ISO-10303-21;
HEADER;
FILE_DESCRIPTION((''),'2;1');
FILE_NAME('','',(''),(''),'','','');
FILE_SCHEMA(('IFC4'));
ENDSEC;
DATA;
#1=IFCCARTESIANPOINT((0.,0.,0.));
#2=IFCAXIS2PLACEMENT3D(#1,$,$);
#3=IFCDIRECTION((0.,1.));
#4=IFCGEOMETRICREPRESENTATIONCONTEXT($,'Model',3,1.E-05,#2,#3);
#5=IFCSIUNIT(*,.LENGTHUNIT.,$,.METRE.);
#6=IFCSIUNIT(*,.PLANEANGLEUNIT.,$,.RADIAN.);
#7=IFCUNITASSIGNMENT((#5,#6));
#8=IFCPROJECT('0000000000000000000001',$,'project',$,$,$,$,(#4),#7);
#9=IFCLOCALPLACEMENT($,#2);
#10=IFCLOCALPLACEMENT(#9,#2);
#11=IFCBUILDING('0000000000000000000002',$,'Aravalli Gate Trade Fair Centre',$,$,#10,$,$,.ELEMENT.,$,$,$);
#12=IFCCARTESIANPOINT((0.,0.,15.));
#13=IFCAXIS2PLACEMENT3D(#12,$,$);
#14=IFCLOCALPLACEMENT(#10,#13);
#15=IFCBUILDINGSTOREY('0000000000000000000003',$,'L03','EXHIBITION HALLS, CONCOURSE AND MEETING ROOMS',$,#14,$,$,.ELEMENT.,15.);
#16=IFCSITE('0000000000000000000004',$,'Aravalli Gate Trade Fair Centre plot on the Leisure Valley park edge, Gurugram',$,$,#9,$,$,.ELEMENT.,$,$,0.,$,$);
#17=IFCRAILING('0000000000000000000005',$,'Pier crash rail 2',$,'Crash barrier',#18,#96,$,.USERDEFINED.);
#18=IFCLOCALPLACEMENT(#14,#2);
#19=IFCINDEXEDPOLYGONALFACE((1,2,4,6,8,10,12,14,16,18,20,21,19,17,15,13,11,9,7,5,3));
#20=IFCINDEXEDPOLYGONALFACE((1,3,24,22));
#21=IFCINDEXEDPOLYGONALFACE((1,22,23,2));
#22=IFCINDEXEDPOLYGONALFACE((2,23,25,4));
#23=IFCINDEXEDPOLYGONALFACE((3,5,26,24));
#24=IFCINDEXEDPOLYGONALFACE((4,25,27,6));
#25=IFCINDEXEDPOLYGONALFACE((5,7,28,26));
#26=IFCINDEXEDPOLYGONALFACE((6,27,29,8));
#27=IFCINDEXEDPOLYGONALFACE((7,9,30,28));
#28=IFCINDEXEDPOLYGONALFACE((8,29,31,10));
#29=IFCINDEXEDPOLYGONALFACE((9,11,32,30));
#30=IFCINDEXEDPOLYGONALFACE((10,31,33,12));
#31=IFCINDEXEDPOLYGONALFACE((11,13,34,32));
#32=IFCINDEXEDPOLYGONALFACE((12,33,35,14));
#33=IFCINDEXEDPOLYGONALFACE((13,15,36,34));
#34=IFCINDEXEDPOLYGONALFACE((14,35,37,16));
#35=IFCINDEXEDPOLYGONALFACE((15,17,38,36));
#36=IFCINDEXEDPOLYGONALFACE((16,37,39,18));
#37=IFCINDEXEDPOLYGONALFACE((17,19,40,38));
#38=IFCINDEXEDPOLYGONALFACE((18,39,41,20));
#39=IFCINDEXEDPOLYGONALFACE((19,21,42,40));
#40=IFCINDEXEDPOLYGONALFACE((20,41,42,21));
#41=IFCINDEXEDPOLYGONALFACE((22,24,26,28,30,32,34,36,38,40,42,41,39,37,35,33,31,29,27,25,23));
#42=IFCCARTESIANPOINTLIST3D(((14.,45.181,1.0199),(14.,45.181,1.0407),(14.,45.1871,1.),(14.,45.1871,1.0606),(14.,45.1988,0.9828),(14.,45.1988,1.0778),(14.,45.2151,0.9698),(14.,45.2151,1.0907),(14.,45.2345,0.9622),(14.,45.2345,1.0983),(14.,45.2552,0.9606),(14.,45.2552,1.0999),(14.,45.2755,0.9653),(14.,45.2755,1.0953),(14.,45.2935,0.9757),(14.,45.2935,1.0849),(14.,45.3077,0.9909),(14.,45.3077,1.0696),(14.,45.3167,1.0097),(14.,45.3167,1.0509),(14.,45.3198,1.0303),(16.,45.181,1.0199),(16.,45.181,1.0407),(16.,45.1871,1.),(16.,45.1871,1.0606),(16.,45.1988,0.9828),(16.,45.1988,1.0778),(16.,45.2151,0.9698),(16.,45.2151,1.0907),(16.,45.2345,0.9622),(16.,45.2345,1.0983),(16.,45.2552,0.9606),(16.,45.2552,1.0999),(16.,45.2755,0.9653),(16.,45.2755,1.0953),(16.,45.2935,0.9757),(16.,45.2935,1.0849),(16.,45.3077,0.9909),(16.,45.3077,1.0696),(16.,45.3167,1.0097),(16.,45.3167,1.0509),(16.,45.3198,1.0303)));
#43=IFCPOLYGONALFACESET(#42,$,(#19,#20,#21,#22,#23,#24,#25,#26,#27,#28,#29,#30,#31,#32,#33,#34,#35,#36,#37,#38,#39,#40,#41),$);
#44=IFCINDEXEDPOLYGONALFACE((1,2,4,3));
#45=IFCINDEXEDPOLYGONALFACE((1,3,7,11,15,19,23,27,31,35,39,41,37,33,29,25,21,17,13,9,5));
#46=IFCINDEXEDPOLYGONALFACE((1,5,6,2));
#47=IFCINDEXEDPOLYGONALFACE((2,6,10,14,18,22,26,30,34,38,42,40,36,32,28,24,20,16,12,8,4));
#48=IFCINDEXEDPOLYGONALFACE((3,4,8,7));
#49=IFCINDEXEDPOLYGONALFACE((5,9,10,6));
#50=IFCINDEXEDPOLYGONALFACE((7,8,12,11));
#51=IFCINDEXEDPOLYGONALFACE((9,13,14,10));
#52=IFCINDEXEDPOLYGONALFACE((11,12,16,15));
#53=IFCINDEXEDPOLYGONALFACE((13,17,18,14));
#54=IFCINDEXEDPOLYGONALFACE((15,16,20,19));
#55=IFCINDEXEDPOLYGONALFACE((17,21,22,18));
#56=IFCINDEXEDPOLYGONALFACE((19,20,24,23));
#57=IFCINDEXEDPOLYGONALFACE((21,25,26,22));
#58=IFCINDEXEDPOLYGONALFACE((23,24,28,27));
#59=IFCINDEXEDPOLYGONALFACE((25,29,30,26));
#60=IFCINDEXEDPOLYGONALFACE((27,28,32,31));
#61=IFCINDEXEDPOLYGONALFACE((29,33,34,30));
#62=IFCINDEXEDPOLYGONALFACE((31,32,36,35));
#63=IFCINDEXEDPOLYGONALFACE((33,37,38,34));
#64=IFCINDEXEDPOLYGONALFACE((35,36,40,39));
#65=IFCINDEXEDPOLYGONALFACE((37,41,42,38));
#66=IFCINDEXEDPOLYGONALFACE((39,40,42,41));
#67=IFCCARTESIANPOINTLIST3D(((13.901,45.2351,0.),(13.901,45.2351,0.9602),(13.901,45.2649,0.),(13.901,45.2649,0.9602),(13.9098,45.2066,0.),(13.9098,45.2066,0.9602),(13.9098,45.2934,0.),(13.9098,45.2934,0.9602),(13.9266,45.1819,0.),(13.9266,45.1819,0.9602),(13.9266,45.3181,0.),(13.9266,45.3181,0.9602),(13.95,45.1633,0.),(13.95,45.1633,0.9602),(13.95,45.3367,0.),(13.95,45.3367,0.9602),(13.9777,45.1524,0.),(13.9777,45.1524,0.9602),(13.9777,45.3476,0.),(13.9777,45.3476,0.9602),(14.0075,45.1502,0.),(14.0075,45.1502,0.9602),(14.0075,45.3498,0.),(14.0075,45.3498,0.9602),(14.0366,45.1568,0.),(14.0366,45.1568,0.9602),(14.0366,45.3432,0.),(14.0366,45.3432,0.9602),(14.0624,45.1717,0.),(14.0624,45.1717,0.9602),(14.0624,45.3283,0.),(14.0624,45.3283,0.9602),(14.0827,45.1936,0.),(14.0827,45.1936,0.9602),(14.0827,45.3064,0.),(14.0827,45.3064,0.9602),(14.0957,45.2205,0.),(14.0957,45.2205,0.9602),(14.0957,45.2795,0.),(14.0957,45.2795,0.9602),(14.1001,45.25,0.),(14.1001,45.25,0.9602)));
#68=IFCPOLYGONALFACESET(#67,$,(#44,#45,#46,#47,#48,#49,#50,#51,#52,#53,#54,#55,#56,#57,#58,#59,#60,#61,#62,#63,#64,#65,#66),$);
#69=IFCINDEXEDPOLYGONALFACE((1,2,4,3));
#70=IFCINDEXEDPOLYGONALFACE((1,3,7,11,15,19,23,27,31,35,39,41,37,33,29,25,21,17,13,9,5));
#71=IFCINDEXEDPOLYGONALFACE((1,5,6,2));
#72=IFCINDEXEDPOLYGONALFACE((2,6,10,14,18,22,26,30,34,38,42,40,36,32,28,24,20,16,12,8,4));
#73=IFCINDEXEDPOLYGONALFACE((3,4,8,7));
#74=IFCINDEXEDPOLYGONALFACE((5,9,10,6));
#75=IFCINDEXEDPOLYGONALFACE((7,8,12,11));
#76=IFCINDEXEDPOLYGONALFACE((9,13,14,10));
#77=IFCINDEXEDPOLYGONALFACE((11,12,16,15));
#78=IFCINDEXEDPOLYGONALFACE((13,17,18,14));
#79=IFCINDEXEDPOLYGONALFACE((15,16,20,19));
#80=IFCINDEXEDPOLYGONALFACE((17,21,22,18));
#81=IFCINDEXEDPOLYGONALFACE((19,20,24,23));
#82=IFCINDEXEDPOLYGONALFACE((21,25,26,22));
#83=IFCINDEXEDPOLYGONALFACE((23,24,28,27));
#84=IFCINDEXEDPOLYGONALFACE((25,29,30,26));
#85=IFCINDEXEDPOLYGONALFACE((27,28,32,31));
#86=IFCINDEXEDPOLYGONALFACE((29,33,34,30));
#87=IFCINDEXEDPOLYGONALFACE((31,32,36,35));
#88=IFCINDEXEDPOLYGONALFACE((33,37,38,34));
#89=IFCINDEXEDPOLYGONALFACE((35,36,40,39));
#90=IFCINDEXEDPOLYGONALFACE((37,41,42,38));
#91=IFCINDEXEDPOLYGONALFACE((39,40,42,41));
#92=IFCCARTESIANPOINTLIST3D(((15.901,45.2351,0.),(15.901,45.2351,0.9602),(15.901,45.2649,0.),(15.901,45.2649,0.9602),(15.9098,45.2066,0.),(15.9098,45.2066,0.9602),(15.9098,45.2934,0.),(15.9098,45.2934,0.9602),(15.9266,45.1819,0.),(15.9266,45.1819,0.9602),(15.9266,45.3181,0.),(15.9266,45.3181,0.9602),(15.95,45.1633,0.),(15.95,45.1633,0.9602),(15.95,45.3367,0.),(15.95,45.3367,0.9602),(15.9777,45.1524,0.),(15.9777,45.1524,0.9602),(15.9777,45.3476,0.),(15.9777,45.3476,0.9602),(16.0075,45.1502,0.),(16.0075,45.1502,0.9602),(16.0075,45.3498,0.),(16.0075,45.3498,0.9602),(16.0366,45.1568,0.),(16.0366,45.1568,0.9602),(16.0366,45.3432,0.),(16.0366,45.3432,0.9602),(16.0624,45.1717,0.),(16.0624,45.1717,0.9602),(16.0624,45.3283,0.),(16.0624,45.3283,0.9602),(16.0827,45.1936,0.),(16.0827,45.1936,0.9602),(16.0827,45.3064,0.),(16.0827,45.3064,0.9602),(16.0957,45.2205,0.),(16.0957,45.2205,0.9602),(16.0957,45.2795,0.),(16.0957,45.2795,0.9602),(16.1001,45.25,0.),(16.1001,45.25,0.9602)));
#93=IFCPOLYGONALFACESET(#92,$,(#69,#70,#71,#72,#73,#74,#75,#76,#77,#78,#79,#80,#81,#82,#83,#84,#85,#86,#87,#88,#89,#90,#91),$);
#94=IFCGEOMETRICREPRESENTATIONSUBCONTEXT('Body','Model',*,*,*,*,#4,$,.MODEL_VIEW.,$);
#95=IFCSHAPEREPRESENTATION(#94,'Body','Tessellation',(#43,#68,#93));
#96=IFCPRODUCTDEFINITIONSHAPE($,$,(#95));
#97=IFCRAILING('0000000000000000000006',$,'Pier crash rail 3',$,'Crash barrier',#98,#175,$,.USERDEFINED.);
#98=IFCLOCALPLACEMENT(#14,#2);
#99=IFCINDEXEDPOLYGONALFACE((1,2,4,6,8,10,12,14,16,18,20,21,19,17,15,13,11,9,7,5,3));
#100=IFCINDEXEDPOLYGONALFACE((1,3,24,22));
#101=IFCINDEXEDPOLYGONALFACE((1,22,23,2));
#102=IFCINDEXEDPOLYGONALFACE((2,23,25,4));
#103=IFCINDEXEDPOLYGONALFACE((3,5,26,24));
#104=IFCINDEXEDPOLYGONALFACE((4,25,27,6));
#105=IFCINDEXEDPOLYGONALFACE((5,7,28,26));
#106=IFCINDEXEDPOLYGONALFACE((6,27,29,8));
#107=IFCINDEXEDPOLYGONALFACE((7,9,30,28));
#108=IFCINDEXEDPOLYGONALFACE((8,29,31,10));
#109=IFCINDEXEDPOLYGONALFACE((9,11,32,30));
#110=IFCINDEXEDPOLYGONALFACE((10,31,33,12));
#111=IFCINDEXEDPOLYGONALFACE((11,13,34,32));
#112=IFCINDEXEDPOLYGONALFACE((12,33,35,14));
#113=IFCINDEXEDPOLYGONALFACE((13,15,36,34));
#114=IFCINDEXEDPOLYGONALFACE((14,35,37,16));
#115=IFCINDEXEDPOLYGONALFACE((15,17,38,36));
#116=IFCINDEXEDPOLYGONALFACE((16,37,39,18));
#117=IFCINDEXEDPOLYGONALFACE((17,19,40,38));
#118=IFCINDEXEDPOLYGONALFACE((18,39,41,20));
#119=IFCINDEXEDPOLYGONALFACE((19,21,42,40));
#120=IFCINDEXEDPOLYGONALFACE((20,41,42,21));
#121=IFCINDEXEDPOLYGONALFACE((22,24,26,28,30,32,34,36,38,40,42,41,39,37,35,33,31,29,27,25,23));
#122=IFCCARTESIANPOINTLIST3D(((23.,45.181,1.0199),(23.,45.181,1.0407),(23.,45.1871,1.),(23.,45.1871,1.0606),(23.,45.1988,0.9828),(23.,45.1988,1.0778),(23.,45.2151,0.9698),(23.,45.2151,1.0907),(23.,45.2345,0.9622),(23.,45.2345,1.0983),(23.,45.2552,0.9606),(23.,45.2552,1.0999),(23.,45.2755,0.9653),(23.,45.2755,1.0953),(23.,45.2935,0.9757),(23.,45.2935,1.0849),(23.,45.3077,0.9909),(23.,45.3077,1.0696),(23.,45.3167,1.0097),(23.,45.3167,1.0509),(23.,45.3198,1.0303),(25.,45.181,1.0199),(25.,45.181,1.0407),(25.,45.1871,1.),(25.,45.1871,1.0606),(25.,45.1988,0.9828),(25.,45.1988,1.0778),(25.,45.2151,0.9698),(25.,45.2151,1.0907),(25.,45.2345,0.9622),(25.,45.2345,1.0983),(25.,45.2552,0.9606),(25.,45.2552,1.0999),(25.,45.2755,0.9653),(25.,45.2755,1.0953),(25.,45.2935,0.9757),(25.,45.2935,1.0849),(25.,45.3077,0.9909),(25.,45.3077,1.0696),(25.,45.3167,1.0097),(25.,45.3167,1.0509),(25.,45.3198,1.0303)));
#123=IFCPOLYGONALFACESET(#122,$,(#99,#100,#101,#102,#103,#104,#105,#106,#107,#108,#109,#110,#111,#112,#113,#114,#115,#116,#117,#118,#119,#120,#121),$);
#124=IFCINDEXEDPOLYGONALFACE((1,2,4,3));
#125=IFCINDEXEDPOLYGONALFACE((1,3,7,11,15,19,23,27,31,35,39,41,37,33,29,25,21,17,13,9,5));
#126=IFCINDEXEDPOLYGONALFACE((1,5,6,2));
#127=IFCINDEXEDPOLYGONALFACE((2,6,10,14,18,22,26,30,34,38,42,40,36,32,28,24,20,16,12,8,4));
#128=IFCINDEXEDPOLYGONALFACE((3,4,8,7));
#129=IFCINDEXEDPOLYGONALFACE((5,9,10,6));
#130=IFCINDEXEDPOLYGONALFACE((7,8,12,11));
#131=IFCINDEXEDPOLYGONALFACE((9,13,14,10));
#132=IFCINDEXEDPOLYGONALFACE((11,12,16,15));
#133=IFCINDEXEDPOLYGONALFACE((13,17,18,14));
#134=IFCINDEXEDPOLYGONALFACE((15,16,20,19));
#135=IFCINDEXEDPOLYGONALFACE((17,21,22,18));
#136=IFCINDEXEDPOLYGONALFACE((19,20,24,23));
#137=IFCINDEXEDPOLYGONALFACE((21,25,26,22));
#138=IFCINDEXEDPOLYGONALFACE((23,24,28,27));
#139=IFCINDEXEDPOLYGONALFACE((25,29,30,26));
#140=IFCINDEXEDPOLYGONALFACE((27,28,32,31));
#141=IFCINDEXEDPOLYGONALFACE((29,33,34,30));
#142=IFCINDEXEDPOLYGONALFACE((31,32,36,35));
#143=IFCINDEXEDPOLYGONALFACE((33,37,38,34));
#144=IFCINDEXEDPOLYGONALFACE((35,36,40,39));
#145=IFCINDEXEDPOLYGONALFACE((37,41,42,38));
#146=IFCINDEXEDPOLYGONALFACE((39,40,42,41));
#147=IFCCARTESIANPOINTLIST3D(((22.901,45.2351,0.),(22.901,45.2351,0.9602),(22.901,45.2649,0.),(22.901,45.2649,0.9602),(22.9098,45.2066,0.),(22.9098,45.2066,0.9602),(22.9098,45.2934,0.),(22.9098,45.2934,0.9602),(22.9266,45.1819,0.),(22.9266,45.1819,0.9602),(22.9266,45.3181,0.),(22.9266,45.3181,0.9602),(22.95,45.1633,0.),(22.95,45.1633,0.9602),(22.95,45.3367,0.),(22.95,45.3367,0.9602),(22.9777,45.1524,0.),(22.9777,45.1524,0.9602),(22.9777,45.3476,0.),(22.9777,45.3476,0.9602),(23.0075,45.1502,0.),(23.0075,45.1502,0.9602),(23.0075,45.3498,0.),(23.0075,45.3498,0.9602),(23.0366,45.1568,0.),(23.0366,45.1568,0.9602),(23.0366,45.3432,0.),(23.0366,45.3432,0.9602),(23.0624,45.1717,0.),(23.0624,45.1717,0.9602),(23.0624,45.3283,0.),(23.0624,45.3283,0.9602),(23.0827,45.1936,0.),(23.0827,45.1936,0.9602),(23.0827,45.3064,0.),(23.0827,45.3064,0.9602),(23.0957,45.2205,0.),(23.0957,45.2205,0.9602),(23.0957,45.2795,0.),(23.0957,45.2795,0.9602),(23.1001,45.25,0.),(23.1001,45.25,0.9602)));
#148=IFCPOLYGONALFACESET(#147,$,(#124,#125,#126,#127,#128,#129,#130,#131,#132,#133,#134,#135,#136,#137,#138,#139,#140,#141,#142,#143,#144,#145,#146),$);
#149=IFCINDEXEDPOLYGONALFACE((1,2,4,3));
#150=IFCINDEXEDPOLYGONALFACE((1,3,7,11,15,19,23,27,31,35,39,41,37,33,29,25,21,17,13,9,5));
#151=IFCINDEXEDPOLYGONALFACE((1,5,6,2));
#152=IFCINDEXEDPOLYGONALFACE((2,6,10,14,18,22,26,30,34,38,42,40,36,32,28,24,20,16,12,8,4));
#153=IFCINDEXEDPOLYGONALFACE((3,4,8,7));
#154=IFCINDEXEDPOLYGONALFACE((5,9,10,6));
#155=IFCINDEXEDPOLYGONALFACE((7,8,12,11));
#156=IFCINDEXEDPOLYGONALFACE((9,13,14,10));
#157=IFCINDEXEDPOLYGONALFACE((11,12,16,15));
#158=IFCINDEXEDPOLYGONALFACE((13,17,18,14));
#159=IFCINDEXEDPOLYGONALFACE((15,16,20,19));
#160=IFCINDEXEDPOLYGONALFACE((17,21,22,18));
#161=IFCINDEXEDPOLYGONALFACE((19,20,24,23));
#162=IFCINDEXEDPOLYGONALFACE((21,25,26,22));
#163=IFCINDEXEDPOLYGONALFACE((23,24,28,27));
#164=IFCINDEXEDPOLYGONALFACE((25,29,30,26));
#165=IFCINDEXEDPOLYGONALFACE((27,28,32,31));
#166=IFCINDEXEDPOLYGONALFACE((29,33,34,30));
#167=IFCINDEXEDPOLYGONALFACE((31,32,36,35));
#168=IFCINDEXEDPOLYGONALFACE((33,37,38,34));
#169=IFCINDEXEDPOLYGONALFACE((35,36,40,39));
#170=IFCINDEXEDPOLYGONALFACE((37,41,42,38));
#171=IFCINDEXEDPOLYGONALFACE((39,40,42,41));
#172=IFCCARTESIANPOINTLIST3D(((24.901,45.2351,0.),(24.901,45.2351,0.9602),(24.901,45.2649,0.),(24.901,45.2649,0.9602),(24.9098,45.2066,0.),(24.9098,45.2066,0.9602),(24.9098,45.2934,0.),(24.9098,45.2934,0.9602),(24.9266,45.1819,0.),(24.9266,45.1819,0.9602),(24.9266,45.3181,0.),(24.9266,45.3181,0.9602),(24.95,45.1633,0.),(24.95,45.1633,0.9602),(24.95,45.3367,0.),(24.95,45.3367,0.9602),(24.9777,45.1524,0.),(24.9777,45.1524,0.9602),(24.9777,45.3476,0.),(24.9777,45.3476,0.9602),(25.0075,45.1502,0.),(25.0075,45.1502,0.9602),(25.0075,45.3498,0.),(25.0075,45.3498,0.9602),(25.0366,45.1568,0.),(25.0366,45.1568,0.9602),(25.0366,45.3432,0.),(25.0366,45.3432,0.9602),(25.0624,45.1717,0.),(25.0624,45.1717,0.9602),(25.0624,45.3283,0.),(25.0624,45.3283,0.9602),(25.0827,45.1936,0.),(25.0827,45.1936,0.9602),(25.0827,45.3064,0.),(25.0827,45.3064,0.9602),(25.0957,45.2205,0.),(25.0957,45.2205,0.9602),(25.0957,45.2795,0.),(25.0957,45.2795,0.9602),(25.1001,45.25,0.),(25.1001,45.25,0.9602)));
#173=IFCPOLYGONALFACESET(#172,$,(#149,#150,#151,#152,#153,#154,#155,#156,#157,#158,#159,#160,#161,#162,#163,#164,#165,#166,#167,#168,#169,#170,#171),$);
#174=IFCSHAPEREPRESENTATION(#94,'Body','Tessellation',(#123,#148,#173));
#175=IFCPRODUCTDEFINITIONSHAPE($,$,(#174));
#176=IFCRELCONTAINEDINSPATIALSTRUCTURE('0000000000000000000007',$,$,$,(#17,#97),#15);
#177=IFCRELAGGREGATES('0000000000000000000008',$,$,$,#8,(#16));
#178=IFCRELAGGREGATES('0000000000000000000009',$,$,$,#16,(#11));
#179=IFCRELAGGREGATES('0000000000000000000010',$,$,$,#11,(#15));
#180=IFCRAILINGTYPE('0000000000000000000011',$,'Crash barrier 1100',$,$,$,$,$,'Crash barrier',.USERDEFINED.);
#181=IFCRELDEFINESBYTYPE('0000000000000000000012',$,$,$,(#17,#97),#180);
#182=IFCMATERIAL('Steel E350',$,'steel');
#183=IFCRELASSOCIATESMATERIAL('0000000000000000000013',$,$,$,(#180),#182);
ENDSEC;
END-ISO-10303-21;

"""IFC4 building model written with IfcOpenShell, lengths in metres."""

from ifc_helpers import new_model, si_unit, direction, frame, origin, origin_2d, place, context, subcontext, project, spatial, circle, extrude, material, type_object, element, save


model = new_model("IFC4")

# Units and contexts
model_context = context("Model", 3, precision=1e-05, world=origin(), true_north=direction((0.0, 1.0)))
body_context = subcontext(model_context, "Body", "Model", "MODEL_VIEW")
ifc_project = project(units=[si_unit("LENGTHUNIT", "METRE"), si_unit("PLANEANGLEUNIT", "RADIAN")], contexts=[model_context])

# Site, building, storey
site_placement = place(None, origin())
site = spatial("IfcSite", under=ifc_project, at=site_placement, Name="Aravalli Gate Trade Fair Centre plot on the Leisure Valley park edge, Gurugram", CompositionType="ELEMENT", RefElevation=0.0)
building_placement = place(site_placement, origin())
building = spatial("IfcBuilding", under=site, at=building_placement, Name="Aravalli Gate Trade Fair Centre", CompositionType="ELEMENT")
storey_placement = place(building_placement, frame((0.0, 0.0, 15.0)))
storey = spatial("IfcBuildingStorey", under=building, at=storey_placement, Name="L03", Description="EXHIBITION HALLS, CONCOURSE AND MEETING ROOMS", CompositionType="ELEMENT", Elevation=15.0)

# Railings
ifc_material_1 = material(Name="Steel E350", Category="steel")
railing_type = type_object("IfcRailingType", Name="Crash barrier 1100", ElementType="Crash barrier", PredefinedType="USERDEFINED", material=ifc_material_1)
for number, where, name in (
    (1, (14.0, 45.25, 0.0), "Pier crash rail 2"),
    (2, (23.0, 45.25, 0.0), "Pier crash rail 3"),
):
    element("IfcRailing", number, at=place(storey_placement, frame(where)), inside=storey, type_object=railing_type, Name=name, ObjectType="Crash barrier", PredefinedType="USERDEFINED", context=body_context, shape_type="SweptSolid", body=[
        extrude(circle(Radius=0.0698, at=origin_2d()), frame((0.0, 0.0, 1.0303), z_axis=(1.0, 0.0, 0.0), x_axis=(0.0, 1.0, 0.0)), (0.0, 0.0, 1.0), 2.0),
        extrude(circle(Radius=0.1001, at=origin_2d()), origin(), (0.0, 0.0, 1.0), 0.9602),
        extrude(circle(Radius=0.1001, at=origin_2d()), frame((2.0, 0.0, 0.0)), (0.0, 0.0, 1.0), 0.9602),
    ])

save(model, "model.ifc")
